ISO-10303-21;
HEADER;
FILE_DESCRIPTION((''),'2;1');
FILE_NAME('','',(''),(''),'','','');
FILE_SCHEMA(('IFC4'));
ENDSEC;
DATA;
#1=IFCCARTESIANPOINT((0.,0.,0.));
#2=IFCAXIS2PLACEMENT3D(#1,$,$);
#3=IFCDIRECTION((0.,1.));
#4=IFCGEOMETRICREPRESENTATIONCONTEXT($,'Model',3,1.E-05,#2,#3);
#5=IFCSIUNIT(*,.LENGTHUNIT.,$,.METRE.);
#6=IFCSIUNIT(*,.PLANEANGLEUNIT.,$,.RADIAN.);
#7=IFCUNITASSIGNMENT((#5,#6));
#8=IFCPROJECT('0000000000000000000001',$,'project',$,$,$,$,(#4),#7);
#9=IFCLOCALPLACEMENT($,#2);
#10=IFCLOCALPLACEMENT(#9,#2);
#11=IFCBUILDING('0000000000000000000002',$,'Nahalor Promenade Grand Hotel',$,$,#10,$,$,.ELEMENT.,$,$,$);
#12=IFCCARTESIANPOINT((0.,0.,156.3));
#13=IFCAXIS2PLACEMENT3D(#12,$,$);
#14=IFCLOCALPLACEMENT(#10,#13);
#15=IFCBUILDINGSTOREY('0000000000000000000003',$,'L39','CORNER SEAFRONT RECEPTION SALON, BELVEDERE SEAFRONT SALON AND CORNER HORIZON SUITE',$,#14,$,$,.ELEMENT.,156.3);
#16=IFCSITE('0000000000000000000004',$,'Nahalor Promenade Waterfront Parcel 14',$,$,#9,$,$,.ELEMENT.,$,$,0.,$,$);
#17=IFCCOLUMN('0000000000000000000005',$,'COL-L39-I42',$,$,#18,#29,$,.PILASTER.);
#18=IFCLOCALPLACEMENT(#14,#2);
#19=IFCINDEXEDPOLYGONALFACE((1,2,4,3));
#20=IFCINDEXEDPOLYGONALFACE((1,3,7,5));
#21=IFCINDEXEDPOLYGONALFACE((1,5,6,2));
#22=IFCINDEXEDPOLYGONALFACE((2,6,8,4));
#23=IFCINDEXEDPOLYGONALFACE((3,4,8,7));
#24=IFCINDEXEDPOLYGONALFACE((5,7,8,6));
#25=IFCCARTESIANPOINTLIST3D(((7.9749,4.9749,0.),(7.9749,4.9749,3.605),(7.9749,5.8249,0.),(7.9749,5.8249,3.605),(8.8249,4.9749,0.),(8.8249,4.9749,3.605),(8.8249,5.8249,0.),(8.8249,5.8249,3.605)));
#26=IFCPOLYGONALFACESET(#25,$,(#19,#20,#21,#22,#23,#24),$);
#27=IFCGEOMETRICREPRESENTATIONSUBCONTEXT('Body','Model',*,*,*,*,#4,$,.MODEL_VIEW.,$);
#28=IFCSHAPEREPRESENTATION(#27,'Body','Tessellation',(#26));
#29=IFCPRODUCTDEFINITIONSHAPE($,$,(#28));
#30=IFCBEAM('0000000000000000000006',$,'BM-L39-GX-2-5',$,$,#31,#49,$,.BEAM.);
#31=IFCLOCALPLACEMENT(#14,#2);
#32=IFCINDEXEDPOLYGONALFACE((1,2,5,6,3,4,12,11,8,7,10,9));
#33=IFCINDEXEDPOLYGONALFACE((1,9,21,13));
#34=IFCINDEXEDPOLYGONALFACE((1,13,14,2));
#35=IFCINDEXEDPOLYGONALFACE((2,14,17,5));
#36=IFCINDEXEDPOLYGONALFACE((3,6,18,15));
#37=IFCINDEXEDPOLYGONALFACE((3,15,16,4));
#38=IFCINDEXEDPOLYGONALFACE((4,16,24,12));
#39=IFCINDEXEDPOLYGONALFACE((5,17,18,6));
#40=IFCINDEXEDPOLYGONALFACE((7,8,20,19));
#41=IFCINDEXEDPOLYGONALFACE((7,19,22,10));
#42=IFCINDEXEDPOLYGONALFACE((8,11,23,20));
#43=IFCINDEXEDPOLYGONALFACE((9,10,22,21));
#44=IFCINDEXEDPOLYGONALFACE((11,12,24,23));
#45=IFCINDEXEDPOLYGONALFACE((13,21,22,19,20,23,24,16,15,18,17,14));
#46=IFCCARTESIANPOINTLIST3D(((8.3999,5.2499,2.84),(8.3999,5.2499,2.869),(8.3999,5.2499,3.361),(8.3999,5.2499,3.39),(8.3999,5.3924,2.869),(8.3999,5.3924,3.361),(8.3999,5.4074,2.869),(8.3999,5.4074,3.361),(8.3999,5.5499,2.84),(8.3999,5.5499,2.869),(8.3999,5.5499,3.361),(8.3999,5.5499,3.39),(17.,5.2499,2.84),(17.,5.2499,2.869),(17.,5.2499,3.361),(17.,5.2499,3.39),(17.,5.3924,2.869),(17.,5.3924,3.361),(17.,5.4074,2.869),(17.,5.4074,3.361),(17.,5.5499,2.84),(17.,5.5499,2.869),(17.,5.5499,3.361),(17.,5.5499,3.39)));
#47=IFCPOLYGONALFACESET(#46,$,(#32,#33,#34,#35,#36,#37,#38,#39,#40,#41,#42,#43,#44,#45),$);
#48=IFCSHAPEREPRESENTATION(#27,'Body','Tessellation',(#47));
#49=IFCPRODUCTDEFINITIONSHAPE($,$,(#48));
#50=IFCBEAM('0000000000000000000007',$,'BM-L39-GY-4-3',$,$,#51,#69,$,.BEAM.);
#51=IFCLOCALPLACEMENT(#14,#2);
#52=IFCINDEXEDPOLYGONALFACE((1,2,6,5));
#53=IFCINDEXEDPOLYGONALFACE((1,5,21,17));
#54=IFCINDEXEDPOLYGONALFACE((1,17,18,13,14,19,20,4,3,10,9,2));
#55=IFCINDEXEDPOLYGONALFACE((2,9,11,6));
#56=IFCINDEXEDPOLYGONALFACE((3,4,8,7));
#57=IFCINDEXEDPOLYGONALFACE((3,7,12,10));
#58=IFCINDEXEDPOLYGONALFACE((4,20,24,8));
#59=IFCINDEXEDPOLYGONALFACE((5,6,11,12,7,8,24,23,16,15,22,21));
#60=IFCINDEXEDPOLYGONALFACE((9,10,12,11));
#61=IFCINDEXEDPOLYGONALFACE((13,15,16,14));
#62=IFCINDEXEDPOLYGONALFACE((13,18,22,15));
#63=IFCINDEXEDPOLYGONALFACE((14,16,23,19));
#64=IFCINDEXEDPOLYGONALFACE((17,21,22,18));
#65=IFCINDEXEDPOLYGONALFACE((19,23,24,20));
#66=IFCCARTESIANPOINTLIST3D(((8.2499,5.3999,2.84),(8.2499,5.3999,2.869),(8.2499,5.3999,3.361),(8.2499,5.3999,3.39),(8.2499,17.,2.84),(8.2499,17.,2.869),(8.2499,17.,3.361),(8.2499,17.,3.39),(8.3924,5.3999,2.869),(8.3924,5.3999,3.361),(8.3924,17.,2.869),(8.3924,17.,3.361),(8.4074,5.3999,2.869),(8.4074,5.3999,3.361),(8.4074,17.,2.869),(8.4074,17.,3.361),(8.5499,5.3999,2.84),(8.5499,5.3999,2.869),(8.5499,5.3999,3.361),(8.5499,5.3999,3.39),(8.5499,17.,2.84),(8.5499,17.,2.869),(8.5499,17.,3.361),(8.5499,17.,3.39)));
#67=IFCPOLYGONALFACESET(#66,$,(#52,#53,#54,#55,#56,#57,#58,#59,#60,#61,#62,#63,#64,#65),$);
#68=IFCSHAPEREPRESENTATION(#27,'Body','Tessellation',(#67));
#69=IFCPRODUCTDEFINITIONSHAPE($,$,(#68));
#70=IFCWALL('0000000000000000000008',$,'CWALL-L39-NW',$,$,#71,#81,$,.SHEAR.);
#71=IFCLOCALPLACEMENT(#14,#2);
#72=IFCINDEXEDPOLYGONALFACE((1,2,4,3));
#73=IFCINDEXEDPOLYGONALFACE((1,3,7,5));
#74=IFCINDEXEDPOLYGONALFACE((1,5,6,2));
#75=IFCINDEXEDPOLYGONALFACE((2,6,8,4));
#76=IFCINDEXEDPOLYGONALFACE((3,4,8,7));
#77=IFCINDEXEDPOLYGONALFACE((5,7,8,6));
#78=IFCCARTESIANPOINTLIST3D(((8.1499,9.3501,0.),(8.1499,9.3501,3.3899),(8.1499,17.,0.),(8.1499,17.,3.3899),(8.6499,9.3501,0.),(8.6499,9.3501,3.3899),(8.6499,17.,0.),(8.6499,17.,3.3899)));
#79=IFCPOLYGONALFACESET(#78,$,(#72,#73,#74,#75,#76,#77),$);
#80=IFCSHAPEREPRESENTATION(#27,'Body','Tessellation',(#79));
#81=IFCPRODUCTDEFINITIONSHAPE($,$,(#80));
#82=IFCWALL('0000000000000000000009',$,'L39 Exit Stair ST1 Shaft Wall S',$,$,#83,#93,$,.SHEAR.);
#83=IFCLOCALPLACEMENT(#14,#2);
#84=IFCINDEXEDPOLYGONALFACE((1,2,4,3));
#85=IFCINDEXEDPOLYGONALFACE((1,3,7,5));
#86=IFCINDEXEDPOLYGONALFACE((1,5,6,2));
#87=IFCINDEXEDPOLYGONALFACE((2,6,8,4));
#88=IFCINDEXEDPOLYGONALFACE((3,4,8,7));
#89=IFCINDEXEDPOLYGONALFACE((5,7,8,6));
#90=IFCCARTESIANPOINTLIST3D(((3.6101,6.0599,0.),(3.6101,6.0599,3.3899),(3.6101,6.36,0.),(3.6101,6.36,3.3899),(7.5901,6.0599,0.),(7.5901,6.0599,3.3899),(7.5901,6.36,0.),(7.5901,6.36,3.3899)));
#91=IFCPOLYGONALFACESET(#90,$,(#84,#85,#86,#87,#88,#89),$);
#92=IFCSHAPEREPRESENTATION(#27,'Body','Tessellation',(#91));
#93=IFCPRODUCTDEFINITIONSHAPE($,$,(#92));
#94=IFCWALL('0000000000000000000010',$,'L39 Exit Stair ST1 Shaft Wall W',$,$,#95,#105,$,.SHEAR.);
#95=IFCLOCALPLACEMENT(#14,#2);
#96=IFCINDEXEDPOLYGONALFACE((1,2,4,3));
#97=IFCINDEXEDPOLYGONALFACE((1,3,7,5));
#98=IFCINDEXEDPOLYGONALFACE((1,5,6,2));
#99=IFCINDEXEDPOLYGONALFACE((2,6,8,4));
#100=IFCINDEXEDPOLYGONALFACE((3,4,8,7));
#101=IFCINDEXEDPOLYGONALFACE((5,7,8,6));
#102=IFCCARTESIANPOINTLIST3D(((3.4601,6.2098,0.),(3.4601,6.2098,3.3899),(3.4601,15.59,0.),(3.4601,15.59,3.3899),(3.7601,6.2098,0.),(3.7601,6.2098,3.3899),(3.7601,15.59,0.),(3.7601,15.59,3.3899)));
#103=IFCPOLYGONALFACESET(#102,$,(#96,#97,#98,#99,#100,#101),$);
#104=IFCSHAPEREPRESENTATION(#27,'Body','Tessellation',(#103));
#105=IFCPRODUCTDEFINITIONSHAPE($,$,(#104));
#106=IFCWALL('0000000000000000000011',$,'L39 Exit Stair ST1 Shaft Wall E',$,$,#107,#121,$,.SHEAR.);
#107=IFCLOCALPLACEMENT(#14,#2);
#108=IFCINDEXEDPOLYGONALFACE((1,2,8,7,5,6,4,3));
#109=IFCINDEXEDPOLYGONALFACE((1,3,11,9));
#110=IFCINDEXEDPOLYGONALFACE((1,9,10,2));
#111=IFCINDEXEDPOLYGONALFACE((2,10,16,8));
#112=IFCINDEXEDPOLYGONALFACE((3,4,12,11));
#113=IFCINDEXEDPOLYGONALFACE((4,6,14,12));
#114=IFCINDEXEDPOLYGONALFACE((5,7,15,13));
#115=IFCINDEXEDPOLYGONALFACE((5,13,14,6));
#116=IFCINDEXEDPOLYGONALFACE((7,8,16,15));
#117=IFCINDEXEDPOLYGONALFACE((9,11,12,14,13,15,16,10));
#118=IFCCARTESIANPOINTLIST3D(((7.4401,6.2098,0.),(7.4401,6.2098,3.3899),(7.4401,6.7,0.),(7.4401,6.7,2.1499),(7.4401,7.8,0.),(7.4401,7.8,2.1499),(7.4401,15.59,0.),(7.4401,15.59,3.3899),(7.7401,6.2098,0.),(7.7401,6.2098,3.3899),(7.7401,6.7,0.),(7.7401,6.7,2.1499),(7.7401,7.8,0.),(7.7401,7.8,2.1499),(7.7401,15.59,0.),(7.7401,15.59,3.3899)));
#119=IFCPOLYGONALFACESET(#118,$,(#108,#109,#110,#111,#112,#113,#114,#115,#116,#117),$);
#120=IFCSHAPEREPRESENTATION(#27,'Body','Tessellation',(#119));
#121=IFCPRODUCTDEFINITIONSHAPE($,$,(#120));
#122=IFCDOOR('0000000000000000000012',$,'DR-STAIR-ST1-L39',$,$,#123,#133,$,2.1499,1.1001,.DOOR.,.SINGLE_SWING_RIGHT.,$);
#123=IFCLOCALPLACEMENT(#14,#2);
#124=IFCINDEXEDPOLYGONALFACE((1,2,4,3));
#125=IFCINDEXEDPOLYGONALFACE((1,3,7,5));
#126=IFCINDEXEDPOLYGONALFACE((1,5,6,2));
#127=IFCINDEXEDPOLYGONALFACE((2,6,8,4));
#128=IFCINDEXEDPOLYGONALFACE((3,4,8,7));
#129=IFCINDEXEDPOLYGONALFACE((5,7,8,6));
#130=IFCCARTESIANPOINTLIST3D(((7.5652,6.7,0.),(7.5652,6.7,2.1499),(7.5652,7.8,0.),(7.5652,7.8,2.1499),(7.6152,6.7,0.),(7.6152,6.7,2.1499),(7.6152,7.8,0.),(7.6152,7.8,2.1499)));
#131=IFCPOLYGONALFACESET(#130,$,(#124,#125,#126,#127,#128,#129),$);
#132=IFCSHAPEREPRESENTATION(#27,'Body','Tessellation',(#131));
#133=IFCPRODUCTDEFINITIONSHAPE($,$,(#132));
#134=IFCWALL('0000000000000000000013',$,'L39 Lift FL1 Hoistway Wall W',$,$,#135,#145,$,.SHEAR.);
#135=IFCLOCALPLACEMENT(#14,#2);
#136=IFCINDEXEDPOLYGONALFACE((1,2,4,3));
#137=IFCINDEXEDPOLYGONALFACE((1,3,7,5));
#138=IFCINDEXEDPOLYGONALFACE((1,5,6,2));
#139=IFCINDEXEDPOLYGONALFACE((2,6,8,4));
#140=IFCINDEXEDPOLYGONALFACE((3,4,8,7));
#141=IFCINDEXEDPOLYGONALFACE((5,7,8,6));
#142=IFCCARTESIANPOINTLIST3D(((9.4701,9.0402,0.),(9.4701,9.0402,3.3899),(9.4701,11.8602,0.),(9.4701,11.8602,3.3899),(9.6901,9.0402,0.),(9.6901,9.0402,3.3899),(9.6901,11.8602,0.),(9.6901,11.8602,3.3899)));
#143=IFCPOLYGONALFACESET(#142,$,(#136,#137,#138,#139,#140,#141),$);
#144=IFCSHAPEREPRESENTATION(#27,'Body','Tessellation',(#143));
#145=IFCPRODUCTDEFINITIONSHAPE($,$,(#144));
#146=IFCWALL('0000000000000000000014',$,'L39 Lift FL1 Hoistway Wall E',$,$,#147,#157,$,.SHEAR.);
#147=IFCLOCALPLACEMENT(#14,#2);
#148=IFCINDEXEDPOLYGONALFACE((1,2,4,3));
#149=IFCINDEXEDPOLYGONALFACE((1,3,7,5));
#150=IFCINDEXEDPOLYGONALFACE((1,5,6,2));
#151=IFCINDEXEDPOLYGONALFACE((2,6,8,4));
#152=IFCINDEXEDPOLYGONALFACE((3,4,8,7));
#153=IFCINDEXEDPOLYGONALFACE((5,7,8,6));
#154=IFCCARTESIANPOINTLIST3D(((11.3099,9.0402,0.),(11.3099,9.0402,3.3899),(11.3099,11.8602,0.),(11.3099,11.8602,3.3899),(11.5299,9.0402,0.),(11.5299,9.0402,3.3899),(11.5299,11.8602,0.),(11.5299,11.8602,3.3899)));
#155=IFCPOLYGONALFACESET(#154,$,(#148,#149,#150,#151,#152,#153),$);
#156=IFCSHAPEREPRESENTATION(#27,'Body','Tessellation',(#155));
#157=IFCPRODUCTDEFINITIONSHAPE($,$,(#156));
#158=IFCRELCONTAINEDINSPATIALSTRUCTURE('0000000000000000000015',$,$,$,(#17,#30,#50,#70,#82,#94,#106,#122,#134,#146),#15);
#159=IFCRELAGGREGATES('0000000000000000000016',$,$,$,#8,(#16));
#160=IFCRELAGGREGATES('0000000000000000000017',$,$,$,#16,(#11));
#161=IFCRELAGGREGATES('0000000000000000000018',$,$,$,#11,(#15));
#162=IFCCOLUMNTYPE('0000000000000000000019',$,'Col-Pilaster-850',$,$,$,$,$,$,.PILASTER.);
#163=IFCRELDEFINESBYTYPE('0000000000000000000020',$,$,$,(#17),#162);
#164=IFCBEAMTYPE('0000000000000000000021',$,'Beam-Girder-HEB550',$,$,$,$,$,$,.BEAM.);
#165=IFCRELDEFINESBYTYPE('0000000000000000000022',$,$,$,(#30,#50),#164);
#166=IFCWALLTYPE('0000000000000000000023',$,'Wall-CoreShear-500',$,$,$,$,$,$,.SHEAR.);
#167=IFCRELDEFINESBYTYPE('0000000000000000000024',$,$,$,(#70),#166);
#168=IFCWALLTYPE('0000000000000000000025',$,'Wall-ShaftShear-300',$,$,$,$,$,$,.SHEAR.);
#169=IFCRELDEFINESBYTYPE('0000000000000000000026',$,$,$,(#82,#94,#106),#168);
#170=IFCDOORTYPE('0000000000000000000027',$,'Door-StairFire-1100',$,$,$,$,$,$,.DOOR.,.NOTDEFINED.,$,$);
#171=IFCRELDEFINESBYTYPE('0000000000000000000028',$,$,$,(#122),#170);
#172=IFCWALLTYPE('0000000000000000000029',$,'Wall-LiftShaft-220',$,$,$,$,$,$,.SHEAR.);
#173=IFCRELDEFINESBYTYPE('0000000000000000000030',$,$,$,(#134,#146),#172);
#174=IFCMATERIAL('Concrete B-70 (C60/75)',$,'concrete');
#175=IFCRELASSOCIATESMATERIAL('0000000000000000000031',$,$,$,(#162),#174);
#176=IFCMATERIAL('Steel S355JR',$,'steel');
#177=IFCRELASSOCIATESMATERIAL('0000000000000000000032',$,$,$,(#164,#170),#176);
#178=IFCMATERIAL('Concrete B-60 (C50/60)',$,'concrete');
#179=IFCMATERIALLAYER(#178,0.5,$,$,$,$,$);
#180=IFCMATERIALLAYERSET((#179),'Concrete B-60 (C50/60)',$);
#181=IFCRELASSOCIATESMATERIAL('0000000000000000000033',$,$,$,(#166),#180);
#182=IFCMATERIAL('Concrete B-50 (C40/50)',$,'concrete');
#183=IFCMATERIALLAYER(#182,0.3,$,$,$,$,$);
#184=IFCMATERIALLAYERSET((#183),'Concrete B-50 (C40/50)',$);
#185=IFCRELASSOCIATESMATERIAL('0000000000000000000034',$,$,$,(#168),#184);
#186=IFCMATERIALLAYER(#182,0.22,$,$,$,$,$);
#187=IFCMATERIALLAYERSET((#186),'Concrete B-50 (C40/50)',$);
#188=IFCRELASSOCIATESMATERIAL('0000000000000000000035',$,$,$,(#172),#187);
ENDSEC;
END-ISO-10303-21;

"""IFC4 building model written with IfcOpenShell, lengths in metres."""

from ifc_helpers import new_model, si_unit, direction, frame, frame_2d, origin, origin_2d, place, context, subcontext, project, spatial, rectangle, i_section, extrude, source, transform, mapped, material, layer, layer_set, material_profile, profile_set, type_object, element, fill, save


model = new_model("IFC4")

# Units and contexts
model_context = context("Model", 3, precision=1e-05, world=origin(), true_north=direction((0.0, 1.0)))
body_context = subcontext(model_context, "Body", "Model", "MODEL_VIEW")
ifc_project = project(units=[si_unit("LENGTHUNIT", "METRE"), si_unit("PLANEANGLEUNIT", "RADIAN")], contexts=[model_context])

# Site, building, storey
site_placement = place(None, origin())
site = spatial("IfcSite", under=ifc_project, at=site_placement, Name="Nahalor Promenade Waterfront Parcel 14", CompositionType="ELEMENT", RefElevation=0.0)
building_placement = place(site_placement, origin())
building = spatial("IfcBuilding", under=site, at=building_placement, Name="Nahalor Promenade Grand Hotel", CompositionType="ELEMENT")
storey_placement = place(building_placement, frame((0.0, 0.0, 156.3)))
storey = spatial("IfcBuildingStorey", under=building, at=storey_placement, Name="L39", Description="CORNER SEAFRONT RECEPTION SALON, BELVEDERE SEAFRONT SALON AND CORNER HORIZON SUITE", CompositionType="ELEMENT", Elevation=156.3)

# Column
ifc_material_1 = material(Name="Concrete B-70 (C60/75)", Category="concrete")
ifc_material_profile_1 = material_profile(ifc_material_1, rectangle(XDim=0.85, YDim=0.85, at=origin_2d()), Name="RC 850x850")
ifc_profile_set_1 = profile_set([ifc_material_profile_1], Name="Concrete B-70 (C60/75)")
column_type = type_object("IfcColumnType", Name="Col-Pilaster-850", PredefinedType="PILASTER", material=ifc_profile_set_1)
shared_shape_1 = source(origin(), body_context, "Body", "SweptSolid", [
    extrude(rectangle(XDim=0.85, YDim=0.85, at=origin_2d()), origin(), (0.0, 0.0, 1.0), 3.605),
])
column_placement = place(storey_placement, frame((8.3999, 5.3999, 0.0), z_axis=(0.0, 0.0, 1.0), x_axis=(1.0, 0.0, 0.0)))
element("IfcColumn", 1, at=column_placement, inside=storey, type_object=column_type, Name="COL-L39-I42", PredefinedType="PILASTER", context=body_context, shape_type="MappedRepresentation", body=[
    mapped(shared_shape_1, transform((0.0, 0.0, 0.0), scale=1.0)),
])

# Beams
ifc_material_2 = material(Name="Steel S355JR", Category="steel")
ifc_material_profile_2 = material_profile(ifc_material_2, i_section(OverallWidth=0.3, OverallDepth=0.55, WebThickness=0.015, FlangeThickness=0.029, at=origin_2d()), Name="HEB 550")
ifc_profile_set_2 = profile_set([ifc_material_profile_2], Name="Steel S355JR")
beam_type = type_object("IfcBeamType", Name="Beam-Girder-HEB550", PredefinedType="BEAM", material=ifc_profile_set_2)
shared_shape_2 = source(origin(), body_context, "Body", "SweptSolid", [
    extrude(i_section(OverallWidth=0.3, OverallDepth=0.55, WebThickness=0.015, FlangeThickness=0.029, at=origin_2d()), origin(), (0.0, 0.0, 1.0), 8.6001),
])
beam_1_placement = place(storey_placement, frame((8.3999, 5.3999, 3.115), z_axis=(1.0, 0.0, 0.0), x_axis=(0.0, 1.0, 0.0)))
element("IfcBeam", 2, at=beam_1_placement, inside=storey, type_object=beam_type, Name="BM-L39-GX-2-5", PredefinedType="BEAM", context=body_context, shape_type="MappedRepresentation", body=[
    mapped(shared_shape_2, transform((0.0, 0.0, 0.0), scale=1.0)),
])
shared_shape_3 = source(origin(), body_context, "Body", "SweptSolid", [
    extrude(i_section(OverallWidth=0.3, OverallDepth=0.55, WebThickness=0.015, FlangeThickness=0.029, at=origin_2d()), origin(), (0.0, 0.0, 1.0), 11.6001),
])
beam_2_placement = place(storey_placement, frame((8.3999, 5.3999, 3.115), z_axis=(0.0, 1.0, 0.0), x_axis=(-1.0, 0.0, 0.0)))
element("IfcBeam", 3, at=beam_2_placement, inside=storey, type_object=beam_type, Name="BM-L39-GY-4-3", PredefinedType="BEAM", context=body_context, shape_type="MappedRepresentation", body=[
    mapped(shared_shape_3, transform((0.0, 0.0, 0.0), scale=1.0)),
])

# Walls
ifc_material_3 = material(Name="Concrete B-60 (C50/60)", Category="concrete")
ifc_layer_1 = layer(ifc_material_3, 0.5)
ifc_layer_set_1 = layer_set([ifc_layer_1], Name="Concrete B-60 (C50/60)")
wall_type_1 = type_object("IfcWallType", Name="Wall-CoreShear-500", PredefinedType="SHEAR", material=ifc_layer_set_1)
shared_shape_4 = source(origin(), body_context, "Body", "SweptSolid", [
    extrude(rectangle(XDim=7.6499, YDim=0.5, at=frame_2d((3.825, 0.0))), origin(), (0.0, 0.0, 1.0), 3.3899),
])
wall_1_placement = place(storey_placement, frame((8.3999, 9.3501, 0.0), z_axis=(0.0, 0.0, 1.0), x_axis=(0.0, 1.0, 0.0)))
element("IfcWall", 4, at=wall_1_placement, inside=storey, type_object=wall_type_1, Name="CWALL-L39-NW", PredefinedType="SHEAR", context=body_context, shape_type="MappedRepresentation", body=[
    mapped(shared_shape_4, transform((0.0, 0.0, 0.0), scale=1.0)),
])
ifc_material_4 = material(Name="Concrete B-50 (C40/50)", Category="concrete")
ifc_layer_2 = layer(ifc_material_4, 0.3)
ifc_layer_set_2 = layer_set([ifc_layer_2], Name="Concrete B-50 (C40/50)")
wall_type_2 = type_object("IfcWallType", Name="Wall-ShaftShear-300", PredefinedType="SHEAR", material=ifc_layer_set_2)
shared_shape_5 = source(origin(), body_context, "Body", "SweptSolid", [
    extrude(rectangle(XDim=3.98, YDim=0.3, at=frame_2d((1.99, 0.0))), origin(), (0.0, 0.0, 1.0), 3.3899),
])
wall_2_placement = place(storey_placement, frame((3.6101, 6.21, 0.0), z_axis=(0.0, 0.0, 1.0), x_axis=(1.0, 0.0, 0.0)))
element("IfcWall", 5, at=wall_2_placement, inside=storey, type_object=wall_type_2, Name="L39 Exit Stair ST1 Shaft Wall S", PredefinedType="SHEAR", context=body_context, shape_type="MappedRepresentation", body=[
    mapped(shared_shape_5, transform((0.0, 0.0, 0.0), scale=1.0)),
])
shared_shape_6 = source(origin(), body_context, "Body", "SweptSolid", [
    extrude(rectangle(XDim=9.3801, YDim=0.3, at=frame_2d((4.6899, 0.0))), origin(), (0.0, 0.0, 1.0), 3.3899),
])
wall_3_placement = place(storey_placement, frame((3.6101, 6.21, 0.0), z_axis=(0.0, 0.0, 1.0), x_axis=(0.0, 1.0, 0.0)))
element("IfcWall", 6, at=wall_3_placement, inside=storey, type_object=wall_type_2, Name="L39 Exit Stair ST1 Shaft Wall W", PredefinedType="SHEAR", context=body_context, shape_type="MappedRepresentation", body=[
    mapped(shared_shape_6, transform((0.0, 0.0, 0.0), scale=1.0)),
])

# Wall, opening, door
wall_4_placement = place(storey_placement, frame((7.5901, 6.21, 0.0), z_axis=(0.0, 0.0, 1.0), x_axis=(0.0, 1.0, 0.0)))
wall_4 = element("IfcWall", 7, at=wall_4_placement, inside=storey, type_object=wall_type_2, Name="L39 Exit Stair ST1 Shaft Wall E", PredefinedType="SHEAR", context=body_context, shape_type="MappedRepresentation", body=[
    mapped(shared_shape_6, transform((0.0, 0.0, 0.0), scale=1.0)),
])
opening_1_placement = place(wall_4_placement, frame((0.49, 0.0, 0.0)))
opening_1 = element("IfcOpeningElement", 8, at=opening_1_placement, cuts=wall_4, PredefinedType="OPENING", context=body_context, shape_type="SweptSolid", body=[
    extrude(rectangle(XDim=1.1001, YDim=2.1499, at=frame_2d((0.55, 1.075))), frame((0.0, 0.1599, 0.0), z_axis=(0.0, -1.0, 0.0), x_axis=(1.0, 0.0, 0.0)), (0.0, 0.0, 1.0), 0.3201),
])
door_type_1 = type_object("IfcDoorType", Name="Door-StairFire-1100", OperationType="NOTDEFINED", PredefinedType="DOOR", material=ifc_material_2)
shared_shape_7 = source(origin(), body_context, "Body", "SweptSolid", [
    extrude(rectangle(XDim=1.1001, YDim=2.1499, at=frame_2d((0.55, 1.075))), frame((0.0, 0.0249, 0.0), z_axis=(0.0, -1.0, 0.0), x_axis=(1.0, 0.0, 0.0)), (0.0, 0.0, 1.0), 0.05),
])
door_1_placement = place(opening_1_placement, origin())
door_1 = element("IfcDoor", 9, at=door_1_placement, inside=storey, type_object=door_type_1, Name="DR-STAIR-ST1-L39", OperationType="SINGLE_SWING_RIGHT", OverallHeight=2.1499, OverallWidth=1.1001, PredefinedType="DOOR", context=body_context, shape_type="MappedRepresentation", body=[
    mapped(shared_shape_7, transform((0.0, 0.0, 0.0), scale=1.0)),
])
fill(opening_1, door_1)

# Walls
ifc_layer_3 = layer(ifc_material_4, 0.22)
ifc_layer_set_3 = layer_set([ifc_layer_3], Name="Concrete B-50 (C40/50)")
wall_type_3 = type_object("IfcWallType", Name="Wall-LiftShaft-220", PredefinedType="SHEAR", material=ifc_layer_set_3)
shared_shape_8 = source(origin(), body_context, "Body", "SweptSolid", [
    extrude(rectangle(XDim=2.8201, YDim=0.22, at=frame_2d((1.4102, 0.0))), origin(), (0.0, 0.0, 1.0), 3.3899),
])
for number, where, z_axis, x_axis, name in (
    (10, (9.5801, 9.04, 0.0), (0.0, 0.0, 1.0), (0.0, 1.0, 0.0), "L39 Lift FL1 Hoistway Wall W"),
    (11, (11.4199, 9.04, 0.0), (0.0, 0.0, 1.0), (0.0, 1.0, 0.0), "L39 Lift FL1 Hoistway Wall E"),
):
    element("IfcWall", number, at=place(storey_placement, frame(where, z_axis=z_axis, x_axis=x_axis)), inside=storey, type_object=wall_type_3, Name=name, PredefinedType="SHEAR", context=body_context, shape_type="MappedRepresentation", body=[
        mapped(shared_shape_8, transform((0.0, 0.0, 0.0), scale=1.0)),
    ])

save(model, "model.ifc")
